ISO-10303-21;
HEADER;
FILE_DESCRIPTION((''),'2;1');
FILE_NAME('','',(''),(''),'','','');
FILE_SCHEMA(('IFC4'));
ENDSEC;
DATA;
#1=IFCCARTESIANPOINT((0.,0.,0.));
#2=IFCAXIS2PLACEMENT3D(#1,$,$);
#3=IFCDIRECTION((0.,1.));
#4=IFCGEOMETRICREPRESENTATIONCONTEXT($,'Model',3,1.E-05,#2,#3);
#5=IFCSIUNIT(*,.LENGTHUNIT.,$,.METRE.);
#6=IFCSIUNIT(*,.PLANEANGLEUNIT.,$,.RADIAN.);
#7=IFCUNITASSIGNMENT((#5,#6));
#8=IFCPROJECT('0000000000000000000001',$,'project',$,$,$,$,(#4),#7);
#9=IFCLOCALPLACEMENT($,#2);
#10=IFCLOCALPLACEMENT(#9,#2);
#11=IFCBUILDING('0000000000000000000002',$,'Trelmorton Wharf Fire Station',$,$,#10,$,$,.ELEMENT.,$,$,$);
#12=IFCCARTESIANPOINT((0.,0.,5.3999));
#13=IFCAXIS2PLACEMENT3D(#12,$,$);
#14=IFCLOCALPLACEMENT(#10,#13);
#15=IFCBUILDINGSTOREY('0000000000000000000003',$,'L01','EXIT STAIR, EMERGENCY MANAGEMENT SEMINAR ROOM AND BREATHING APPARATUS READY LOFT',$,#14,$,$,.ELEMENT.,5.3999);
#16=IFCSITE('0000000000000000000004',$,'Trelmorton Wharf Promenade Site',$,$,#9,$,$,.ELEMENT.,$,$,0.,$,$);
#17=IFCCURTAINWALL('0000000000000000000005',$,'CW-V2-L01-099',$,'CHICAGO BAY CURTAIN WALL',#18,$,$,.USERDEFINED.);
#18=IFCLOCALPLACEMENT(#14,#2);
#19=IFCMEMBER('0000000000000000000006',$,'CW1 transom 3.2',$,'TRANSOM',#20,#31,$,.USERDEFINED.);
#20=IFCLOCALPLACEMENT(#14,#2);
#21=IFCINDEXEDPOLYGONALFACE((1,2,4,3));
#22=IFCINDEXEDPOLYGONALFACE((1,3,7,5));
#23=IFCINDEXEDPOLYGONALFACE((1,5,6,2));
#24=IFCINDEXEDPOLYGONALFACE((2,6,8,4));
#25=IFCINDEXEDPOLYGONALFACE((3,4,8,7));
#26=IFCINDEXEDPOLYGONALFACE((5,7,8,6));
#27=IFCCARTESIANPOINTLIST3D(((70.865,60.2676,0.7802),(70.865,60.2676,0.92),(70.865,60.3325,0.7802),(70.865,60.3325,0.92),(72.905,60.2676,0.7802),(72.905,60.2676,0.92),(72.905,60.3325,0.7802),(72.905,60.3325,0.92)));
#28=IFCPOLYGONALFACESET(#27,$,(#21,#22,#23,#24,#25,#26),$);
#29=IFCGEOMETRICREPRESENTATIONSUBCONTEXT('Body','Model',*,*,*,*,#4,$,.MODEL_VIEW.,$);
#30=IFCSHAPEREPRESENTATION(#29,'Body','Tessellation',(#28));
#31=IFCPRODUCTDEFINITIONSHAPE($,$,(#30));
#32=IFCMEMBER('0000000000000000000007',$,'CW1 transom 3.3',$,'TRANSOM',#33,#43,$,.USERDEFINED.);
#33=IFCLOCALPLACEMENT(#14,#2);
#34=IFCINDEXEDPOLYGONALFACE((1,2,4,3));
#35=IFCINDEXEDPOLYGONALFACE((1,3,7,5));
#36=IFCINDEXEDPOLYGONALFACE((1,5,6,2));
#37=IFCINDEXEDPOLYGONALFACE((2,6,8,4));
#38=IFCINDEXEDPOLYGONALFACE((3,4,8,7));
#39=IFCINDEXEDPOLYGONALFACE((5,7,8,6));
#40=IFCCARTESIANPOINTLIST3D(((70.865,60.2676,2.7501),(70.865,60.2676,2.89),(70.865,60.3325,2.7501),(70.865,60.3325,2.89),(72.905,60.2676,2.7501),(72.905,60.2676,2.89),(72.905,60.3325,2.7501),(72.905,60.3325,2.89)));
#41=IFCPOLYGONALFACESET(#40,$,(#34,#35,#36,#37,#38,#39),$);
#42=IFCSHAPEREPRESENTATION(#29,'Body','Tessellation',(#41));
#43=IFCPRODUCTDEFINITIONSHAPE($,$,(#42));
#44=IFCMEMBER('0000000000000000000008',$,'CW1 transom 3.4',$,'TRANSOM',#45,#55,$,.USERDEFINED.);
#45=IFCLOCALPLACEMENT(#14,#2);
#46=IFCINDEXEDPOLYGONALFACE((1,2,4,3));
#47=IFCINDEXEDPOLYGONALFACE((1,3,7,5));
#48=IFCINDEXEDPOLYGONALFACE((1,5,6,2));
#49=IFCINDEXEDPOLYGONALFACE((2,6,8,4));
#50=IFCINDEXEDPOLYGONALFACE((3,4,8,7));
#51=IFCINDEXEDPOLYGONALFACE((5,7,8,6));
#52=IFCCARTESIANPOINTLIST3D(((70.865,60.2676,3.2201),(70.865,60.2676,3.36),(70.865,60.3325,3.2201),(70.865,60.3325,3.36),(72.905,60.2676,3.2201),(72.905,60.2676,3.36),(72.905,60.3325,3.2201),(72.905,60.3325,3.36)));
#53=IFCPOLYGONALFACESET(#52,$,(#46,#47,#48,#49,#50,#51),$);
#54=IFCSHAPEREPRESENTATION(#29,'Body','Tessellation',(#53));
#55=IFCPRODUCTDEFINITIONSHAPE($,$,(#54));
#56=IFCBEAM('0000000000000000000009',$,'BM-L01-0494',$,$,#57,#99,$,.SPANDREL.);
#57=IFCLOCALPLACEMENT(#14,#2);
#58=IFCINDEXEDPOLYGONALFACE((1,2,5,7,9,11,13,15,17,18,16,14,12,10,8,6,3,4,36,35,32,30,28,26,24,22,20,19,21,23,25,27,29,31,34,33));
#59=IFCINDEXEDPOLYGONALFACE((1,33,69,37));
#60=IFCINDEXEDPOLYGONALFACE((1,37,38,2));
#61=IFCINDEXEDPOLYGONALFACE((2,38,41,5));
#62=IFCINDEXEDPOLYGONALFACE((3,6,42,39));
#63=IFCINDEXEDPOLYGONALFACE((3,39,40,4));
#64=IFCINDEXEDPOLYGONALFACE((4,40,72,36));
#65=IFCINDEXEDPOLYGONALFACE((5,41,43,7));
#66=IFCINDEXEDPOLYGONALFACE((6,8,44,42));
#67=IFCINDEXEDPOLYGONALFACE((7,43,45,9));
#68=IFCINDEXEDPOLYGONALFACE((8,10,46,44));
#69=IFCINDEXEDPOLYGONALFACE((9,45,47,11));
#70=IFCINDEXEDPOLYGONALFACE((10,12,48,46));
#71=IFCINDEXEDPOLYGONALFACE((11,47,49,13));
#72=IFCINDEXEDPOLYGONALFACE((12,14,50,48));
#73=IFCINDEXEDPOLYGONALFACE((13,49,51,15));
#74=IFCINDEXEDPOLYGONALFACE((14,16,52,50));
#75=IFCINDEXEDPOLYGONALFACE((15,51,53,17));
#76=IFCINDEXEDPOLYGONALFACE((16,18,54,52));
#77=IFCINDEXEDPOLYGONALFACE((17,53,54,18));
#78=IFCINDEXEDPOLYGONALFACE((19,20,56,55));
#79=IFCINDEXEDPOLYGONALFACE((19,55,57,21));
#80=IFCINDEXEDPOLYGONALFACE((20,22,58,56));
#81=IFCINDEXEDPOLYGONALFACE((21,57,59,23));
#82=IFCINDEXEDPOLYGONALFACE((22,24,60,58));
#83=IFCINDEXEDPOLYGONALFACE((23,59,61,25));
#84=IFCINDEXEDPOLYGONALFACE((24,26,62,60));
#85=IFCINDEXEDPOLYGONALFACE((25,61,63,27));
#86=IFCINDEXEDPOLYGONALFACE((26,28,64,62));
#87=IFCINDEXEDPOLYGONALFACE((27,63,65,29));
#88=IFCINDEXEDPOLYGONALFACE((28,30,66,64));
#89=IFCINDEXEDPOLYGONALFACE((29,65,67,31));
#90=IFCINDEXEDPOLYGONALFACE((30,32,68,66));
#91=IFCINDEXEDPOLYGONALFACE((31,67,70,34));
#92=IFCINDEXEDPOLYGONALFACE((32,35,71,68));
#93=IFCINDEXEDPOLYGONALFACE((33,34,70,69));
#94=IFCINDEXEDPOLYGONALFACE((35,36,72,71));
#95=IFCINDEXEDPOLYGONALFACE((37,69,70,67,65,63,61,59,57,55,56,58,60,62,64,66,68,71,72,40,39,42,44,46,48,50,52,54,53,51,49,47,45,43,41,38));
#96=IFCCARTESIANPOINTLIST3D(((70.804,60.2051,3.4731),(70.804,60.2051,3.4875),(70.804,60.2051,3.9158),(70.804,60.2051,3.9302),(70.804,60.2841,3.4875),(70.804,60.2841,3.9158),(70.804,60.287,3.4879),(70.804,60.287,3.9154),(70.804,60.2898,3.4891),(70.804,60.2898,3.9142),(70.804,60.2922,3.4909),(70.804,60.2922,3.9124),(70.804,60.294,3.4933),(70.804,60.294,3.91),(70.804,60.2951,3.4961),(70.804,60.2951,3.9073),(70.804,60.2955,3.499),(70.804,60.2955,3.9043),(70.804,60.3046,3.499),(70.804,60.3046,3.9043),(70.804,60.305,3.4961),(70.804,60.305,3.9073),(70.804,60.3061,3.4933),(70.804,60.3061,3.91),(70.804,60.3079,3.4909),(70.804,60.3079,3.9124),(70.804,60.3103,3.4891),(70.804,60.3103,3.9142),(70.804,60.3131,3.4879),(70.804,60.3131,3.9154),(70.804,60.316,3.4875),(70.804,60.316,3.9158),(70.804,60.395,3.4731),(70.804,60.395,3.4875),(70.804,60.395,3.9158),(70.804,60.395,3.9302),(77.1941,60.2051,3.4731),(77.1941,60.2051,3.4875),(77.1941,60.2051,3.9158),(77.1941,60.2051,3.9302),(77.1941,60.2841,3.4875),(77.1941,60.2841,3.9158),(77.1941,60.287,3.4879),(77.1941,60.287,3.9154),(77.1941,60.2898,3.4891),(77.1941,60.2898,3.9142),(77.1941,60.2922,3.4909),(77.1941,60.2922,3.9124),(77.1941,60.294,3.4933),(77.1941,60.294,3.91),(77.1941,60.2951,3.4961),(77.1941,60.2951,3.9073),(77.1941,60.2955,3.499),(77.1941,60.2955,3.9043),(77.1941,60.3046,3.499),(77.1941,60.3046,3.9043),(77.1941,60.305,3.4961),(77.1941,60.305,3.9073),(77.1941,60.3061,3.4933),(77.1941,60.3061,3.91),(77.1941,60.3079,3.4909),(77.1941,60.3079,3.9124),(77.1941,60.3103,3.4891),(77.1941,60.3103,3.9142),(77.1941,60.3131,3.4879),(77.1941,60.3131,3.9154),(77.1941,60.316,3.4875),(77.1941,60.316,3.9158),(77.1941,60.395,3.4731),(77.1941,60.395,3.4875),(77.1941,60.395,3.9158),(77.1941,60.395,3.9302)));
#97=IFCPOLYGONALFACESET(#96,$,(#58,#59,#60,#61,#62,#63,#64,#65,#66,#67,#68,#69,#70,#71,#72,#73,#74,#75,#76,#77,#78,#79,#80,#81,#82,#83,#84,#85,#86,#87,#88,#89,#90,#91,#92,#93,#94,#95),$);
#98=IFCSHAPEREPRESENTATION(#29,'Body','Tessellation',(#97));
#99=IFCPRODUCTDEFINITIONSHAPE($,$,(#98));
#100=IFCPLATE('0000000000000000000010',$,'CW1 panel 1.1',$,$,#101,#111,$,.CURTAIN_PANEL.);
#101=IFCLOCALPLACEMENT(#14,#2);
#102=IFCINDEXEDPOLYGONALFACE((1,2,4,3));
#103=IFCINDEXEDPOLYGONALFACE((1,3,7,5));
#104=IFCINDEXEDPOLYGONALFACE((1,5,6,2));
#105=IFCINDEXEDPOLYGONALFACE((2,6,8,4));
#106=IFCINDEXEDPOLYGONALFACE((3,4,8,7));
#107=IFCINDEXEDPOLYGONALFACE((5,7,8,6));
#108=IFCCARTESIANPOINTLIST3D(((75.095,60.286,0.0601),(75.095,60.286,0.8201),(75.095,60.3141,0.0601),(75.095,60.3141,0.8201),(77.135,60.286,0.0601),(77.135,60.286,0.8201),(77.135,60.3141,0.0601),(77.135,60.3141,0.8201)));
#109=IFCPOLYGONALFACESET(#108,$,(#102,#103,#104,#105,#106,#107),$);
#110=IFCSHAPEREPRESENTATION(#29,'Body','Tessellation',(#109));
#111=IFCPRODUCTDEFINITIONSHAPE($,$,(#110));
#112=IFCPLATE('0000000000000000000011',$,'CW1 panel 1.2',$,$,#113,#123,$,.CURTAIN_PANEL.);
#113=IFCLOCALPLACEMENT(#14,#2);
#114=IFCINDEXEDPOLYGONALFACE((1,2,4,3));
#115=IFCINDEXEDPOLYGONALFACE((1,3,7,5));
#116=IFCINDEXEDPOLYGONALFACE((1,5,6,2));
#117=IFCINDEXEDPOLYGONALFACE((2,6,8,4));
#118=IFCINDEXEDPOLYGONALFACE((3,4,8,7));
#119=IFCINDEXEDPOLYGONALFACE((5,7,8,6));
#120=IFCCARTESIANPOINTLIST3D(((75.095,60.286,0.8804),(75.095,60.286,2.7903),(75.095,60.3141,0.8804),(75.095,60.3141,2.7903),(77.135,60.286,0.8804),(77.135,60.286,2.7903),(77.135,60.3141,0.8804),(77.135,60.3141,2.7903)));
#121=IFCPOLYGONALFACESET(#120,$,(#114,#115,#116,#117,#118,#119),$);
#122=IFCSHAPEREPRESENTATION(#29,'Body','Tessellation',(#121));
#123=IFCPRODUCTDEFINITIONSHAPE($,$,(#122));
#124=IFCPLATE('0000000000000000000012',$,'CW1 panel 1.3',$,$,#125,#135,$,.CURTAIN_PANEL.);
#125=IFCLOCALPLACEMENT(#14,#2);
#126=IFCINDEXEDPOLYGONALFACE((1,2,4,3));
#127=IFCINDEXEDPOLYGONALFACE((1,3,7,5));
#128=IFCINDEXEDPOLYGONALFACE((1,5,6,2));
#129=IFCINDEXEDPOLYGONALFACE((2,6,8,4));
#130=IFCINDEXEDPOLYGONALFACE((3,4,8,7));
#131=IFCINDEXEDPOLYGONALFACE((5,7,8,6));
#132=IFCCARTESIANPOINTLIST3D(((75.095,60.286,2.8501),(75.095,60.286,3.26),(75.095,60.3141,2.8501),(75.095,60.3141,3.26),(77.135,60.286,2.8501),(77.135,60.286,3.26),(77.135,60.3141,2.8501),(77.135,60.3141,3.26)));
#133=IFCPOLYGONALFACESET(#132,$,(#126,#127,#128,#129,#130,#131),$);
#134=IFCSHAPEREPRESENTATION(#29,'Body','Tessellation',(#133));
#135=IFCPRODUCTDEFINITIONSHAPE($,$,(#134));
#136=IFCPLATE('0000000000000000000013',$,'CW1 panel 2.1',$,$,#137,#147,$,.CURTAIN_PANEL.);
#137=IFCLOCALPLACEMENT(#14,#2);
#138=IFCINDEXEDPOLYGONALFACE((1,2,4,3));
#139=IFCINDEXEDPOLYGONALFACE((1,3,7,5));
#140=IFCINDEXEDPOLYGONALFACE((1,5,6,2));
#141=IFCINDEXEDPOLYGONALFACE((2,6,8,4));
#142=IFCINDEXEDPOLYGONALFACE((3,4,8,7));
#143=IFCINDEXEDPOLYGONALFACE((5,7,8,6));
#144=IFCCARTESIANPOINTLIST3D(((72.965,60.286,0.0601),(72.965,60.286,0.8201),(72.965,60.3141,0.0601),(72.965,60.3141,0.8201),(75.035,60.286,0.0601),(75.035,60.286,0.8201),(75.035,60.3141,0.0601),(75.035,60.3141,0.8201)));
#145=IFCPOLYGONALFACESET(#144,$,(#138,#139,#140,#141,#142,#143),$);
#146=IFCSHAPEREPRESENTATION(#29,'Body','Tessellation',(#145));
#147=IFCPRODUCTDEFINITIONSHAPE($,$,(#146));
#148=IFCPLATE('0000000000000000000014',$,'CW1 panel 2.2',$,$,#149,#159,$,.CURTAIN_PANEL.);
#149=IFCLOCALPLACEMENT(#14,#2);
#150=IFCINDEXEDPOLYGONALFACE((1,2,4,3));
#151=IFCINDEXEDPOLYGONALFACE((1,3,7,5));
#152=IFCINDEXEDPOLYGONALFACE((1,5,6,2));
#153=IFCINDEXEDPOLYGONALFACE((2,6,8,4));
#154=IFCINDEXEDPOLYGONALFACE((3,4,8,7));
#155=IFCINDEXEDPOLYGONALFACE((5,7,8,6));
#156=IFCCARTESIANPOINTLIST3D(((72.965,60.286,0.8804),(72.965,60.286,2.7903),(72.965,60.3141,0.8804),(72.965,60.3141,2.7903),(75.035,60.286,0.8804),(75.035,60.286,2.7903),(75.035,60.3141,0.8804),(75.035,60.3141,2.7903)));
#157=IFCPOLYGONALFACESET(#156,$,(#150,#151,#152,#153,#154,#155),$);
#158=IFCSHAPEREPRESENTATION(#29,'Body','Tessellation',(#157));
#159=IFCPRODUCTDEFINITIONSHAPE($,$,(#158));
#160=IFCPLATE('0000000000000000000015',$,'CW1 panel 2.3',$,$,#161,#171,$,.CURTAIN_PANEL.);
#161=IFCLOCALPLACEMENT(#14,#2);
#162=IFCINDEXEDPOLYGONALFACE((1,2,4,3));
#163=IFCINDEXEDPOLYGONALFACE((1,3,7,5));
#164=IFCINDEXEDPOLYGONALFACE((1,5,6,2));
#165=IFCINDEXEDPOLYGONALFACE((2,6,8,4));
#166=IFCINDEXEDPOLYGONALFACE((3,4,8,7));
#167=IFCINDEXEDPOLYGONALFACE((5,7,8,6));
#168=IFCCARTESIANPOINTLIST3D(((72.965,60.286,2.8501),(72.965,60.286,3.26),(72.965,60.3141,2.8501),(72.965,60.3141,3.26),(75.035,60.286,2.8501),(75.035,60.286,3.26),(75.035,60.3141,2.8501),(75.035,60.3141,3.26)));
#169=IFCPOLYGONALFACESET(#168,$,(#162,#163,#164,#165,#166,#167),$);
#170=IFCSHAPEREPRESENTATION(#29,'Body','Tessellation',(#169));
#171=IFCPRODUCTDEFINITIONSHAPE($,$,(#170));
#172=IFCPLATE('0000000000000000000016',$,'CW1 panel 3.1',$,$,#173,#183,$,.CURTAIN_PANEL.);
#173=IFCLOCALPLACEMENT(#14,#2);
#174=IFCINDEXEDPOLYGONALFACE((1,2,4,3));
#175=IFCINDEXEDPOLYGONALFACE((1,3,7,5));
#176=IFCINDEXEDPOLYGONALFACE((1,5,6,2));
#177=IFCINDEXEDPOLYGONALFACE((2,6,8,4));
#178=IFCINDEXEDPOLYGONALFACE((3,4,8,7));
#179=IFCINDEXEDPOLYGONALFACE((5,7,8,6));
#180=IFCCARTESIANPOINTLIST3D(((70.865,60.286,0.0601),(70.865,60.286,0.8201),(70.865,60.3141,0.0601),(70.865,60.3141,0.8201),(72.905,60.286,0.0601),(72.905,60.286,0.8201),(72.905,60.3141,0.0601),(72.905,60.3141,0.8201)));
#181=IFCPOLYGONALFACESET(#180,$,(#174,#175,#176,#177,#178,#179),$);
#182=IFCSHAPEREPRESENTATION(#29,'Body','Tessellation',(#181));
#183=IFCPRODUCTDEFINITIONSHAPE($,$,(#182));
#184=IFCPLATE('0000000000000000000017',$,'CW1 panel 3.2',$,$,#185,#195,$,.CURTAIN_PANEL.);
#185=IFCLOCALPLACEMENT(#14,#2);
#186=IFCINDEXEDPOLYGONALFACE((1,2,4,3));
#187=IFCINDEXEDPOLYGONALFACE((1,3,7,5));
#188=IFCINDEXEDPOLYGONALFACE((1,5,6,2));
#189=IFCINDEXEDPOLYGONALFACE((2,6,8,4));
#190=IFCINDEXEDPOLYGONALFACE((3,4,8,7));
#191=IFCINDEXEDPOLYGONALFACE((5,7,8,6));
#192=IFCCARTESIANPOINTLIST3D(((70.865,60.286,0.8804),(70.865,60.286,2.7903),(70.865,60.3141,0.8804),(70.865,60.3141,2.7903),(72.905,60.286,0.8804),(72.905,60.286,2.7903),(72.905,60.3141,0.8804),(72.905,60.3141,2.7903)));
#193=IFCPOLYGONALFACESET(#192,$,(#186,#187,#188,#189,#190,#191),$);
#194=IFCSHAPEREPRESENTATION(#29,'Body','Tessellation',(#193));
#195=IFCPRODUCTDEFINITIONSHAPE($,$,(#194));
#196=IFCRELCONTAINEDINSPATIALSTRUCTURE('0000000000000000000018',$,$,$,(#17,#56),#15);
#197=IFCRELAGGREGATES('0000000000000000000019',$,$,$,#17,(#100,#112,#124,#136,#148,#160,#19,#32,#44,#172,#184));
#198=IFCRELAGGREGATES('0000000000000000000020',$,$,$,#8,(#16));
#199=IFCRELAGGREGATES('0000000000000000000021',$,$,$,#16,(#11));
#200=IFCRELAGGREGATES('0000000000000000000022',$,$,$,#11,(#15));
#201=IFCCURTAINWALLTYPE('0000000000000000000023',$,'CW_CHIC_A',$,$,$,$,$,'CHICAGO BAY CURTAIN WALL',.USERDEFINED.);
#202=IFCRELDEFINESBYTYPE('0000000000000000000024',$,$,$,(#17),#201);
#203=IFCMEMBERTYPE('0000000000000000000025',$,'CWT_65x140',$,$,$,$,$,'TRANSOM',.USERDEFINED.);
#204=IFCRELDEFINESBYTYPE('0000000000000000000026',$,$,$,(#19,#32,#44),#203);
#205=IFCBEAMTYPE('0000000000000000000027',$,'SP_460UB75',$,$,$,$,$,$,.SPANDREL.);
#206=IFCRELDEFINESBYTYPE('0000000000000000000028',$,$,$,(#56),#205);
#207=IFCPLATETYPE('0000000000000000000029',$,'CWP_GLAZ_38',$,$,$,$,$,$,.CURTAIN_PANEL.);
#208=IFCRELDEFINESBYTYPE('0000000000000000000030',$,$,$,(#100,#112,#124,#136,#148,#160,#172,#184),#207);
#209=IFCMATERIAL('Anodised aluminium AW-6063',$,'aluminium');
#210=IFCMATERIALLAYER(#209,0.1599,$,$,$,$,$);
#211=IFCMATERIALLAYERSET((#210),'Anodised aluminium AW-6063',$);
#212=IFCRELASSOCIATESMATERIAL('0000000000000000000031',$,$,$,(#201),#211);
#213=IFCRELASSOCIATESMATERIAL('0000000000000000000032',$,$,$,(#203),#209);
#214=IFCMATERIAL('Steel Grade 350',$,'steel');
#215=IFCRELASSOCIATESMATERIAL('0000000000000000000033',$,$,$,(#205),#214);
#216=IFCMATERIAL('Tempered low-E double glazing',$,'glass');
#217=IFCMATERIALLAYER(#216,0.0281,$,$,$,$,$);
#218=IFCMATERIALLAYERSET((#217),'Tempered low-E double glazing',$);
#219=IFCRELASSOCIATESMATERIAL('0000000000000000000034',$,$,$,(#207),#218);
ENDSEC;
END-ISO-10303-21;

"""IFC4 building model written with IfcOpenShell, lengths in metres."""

from ifc_helpers import new_model, si_unit, direction, frame, origin, origin_2d, place, context, subcontext, project, spatial, rectangle, i_section, extrude, material, layer, layer_set, material_profile, profile_set, type_object, element, aggregate, save


model = new_model("IFC4")

# Units and contexts
model_context = context("Model", 3, precision=1e-05, world=origin(), true_north=direction((0.0, 1.0)))
body_context = subcontext(model_context, "Body", "Model", "MODEL_VIEW")
ifc_project = project(units=[si_unit("LENGTHUNIT", "METRE"), si_unit("PLANEANGLEUNIT", "RADIAN")], contexts=[model_context])

# Site, building, storey
site_placement = place(None, origin())
site = spatial("IfcSite", under=ifc_project, at=site_placement, Name="Trelmorton Wharf Promenade Site", CompositionType="ELEMENT", RefElevation=0.0)
building_placement = place(site_placement, origin())
building = spatial("IfcBuilding", under=site, at=building_placement, Name="Trelmorton Wharf Fire Station", CompositionType="ELEMENT")
storey_placement = place(building_placement, frame((0.0, 0.0, 5.3999)))
storey = spatial("IfcBuildingStorey", under=building, at=storey_placement, Name="L01", Description="EXIT STAIR, EMERGENCY MANAGEMENT SEMINAR ROOM AND BREATHING APPARATUS READY LOFT", CompositionType="ELEMENT", Elevation=5.3999)

# Curtain wall, members
ifc_material_1 = material(Name="Anodised aluminium AW-6063", Category="aluminium")
ifc_layer_1 = layer(ifc_material_1, 0.1599)
ifc_layer_set_1 = layer_set([ifc_layer_1], Name="Anodised aluminium AW-6063")
curtain_wall_type = type_object("IfcCurtainWallType", Name="CW_CHIC_A", ElementType="CHICAGO BAY CURTAIN WALL", PredefinedType="USERDEFINED", material=ifc_layer_set_1)
curtain_wall_placement = place(storey_placement, origin())
curtain_wall = element("IfcCurtainWall", 1, at=curtain_wall_placement, inside=storey, type_object=curtain_wall_type, Name="CW-V2-L01-099", ObjectType="CHICAGO BAY CURTAIN WALL", PredefinedType="USERDEFINED")
ifc_material_profile_1 = material_profile(ifc_material_1, rectangle(XDim=0.0649, YDim=0.1399, at=origin_2d()), Name="ALU-65x140")
ifc_profile_set_1 = profile_set([ifc_material_profile_1], Name="Anodised aluminium AW-6063")
member_type_1 = type_object("IfcMemberType", Name="CWT_65x140", ElementType="TRANSOM", PredefinedType="USERDEFINED", material=ifc_profile_set_1)
member_1_placement = place(storey_placement, frame((72.905, 60.3, 0.8501), z_axis=(-1.0, 0.0, 0.0), x_axis=(0.0, -1.0, 0.0)))
member_1 = element("IfcMember", 2, at=member_1_placement, type_object=member_type_1, Name="CW1 transom 3.2", ObjectType="TRANSOM", PredefinedType="USERDEFINED", context=body_context, shape_type="SweptSolid", body=[
    extrude(rectangle(XDim=0.0649, YDim=0.1399, at=origin_2d()), origin(), (0.0, 0.0, 1.0), 2.04),
])
member_2_placement = place(storey_placement, frame((72.905, 60.3, 2.8201), z_axis=(-1.0, 0.0, 0.0), x_axis=(0.0, -1.0, 0.0)))
member_2 = element("IfcMember", 3, at=member_2_placement, type_object=member_type_1, Name="CW1 transom 3.3", ObjectType="TRANSOM", PredefinedType="USERDEFINED", context=body_context, shape_type="SweptSolid", body=[
    extrude(rectangle(XDim=0.0649, YDim=0.1399, at=origin_2d()), origin(), (0.0, 0.0, 1.0), 2.04),
])
member_3_placement = place(storey_placement, frame((72.905, 60.3, 3.29), z_axis=(-1.0, 0.0, 0.0), x_axis=(0.0, -1.0, 0.0)))
member_3 = element("IfcMember", 4, at=member_3_placement, type_object=member_type_1, Name="CW1 transom 3.4", ObjectType="TRANSOM", PredefinedType="USERDEFINED", context=body_context, shape_type="SweptSolid", body=[
    extrude(rectangle(XDim=0.0649, YDim=0.1399, at=origin_2d()), origin(), (0.0, 0.0, 1.0), 2.04),
])

# Beam
ifc_material_2 = material(Name="Steel Grade 350", Category="steel")
ifc_material_profile_2 = material_profile(ifc_material_2, i_section(OverallWidth=0.1899, OverallDepth=0.457, WebThickness=0.009, FlangeThickness=0.0144, FilletRadius=0.0115, at=origin_2d()), Name="460UB74.6")
ifc_profile_set_2 = profile_set([ifc_material_profile_2], Name="Steel Grade 350")
beam_type = type_object("IfcBeamType", Name="SP_460UB75", PredefinedType="SPANDREL", material=ifc_profile_set_2)
beam_placement = place(storey_placement, frame((70.804, 60.3, 3.7017), z_axis=(1.0, 0.0, 0.0), x_axis=(0.0, 1.0, 0.0)))
element("IfcBeam", 5, at=beam_placement, inside=storey, type_object=beam_type, Name="BM-L01-0494", PredefinedType="SPANDREL", context=body_context, shape_type="SweptSolid", body=[
    extrude(i_section(OverallWidth=0.1899, OverallDepth=0.457, WebThickness=0.009, FlangeThickness=0.0144, FilletRadius=0.0115, at=origin_2d()), origin(), (0.0, 0.0, 1.0), 6.3901),
])

# Plates
ifc_material_3 = material(Name="Tempered low-E double glazing", Category="glass")
ifc_layer_2 = layer(ifc_material_3, 0.0281)
ifc_layer_set_2 = layer_set([ifc_layer_2], Name="Tempered low-E double glazing")
plate_type = type_object("IfcPlateType", Name="CWP_GLAZ_38", PredefinedType="CURTAIN_PANEL", material=ifc_layer_set_2)
plate_1_placement = place(storey_placement, frame((76.115, 60.3, 0.0601), z_axis=(0.0, 0.0, 1.0), x_axis=(-1.0, 0.0, 0.0)))
plate_1 = element("IfcPlate", 6, at=plate_1_placement, type_object=plate_type, Name="CW1 panel 1.1", PredefinedType="CURTAIN_PANEL", context=body_context, shape_type="SweptSolid", body=[
    extrude(rectangle(XDim=2.04, YDim=0.0281, at=origin_2d()), origin(), (0.0, 0.0, 1.0), 0.76),
])
plate_2_placement = place(storey_placement, frame((76.115, 60.3, 0.8804), z_axis=(0.0, 0.0, 1.0), x_axis=(-1.0, 0.0, 0.0)))
plate_2 = element("IfcPlate", 7, at=plate_2_placement, type_object=plate_type, Name="CW1 panel 1.2", PredefinedType="CURTAIN_PANEL", context=body_context, shape_type="SweptSolid", body=[
    extrude(rectangle(XDim=2.04, YDim=0.0281, at=origin_2d()), origin(), (0.0, 0.0, 1.0), 1.9099),
])
plate_3_placement = place(storey_placement, frame((76.115, 60.3, 2.8501), z_axis=(0.0, 0.0, 1.0), x_axis=(-1.0, 0.0, 0.0)))
plate_3 = element("IfcPlate", 8, at=plate_3_placement, type_object=plate_type, Name="CW1 panel 1.3", PredefinedType="CURTAIN_PANEL", context=body_context, shape_type="SweptSolid", body=[
    extrude(rectangle(XDim=2.04, YDim=0.0281, at=origin_2d()), origin(), (0.0, 0.0, 1.0), 0.4099),
])
plate_4_placement = place(storey_placement, frame((74.0, 60.3, 0.0601), z_axis=(0.0, 0.0, 1.0), x_axis=(-1.0, 0.0, 0.0)))
plate_4 = element("IfcPlate", 9, at=plate_4_placement, type_object=plate_type, Name="CW1 panel 2.1", PredefinedType="CURTAIN_PANEL", context=body_context, shape_type="SweptSolid", body=[
    extrude(rectangle(XDim=2.0701, YDim=0.0281, at=origin_2d()), origin(), (0.0, 0.0, 1.0), 0.76),
])
plate_5_placement = place(storey_placement, frame((74.0, 60.3, 0.8804), z_axis=(0.0, 0.0, 1.0), x_axis=(-1.0, 0.0, 0.0)))
plate_5 = element("IfcPlate", 10, at=plate_5_placement, type_object=plate_type, Name="CW1 panel 2.2", PredefinedType="CURTAIN_PANEL", context=body_context, shape_type="SweptSolid", body=[
    extrude(rectangle(XDim=2.0701, YDim=0.0281, at=origin_2d()), origin(), (0.0, 0.0, 1.0), 1.9099),
])
plate_6_placement = place(storey_placement, frame((74.0, 60.3, 2.8501), z_axis=(0.0, 0.0, 1.0), x_axis=(-1.0, 0.0, 0.0)))
plate_6 = element("IfcPlate", 11, at=plate_6_placement, type_object=plate_type, Name="CW1 panel 2.3", PredefinedType="CURTAIN_PANEL", context=body_context, shape_type="SweptSolid", body=[
    extrude(rectangle(XDim=2.0701, YDim=0.0281, at=origin_2d()), origin(), (0.0, 0.0, 1.0), 0.4099),
])
plate_7_placement = place(storey_placement, frame((71.885, 60.3, 0.0601), z_axis=(0.0, 0.0, 1.0), x_axis=(-1.0, 0.0, 0.0)))
plate_7 = element("IfcPlate", 12, at=plate_7_placement, type_object=plate_type, Name="CW1 panel 3.1", PredefinedType="CURTAIN_PANEL", context=body_context, shape_type="SweptSolid", body=[
    extrude(rectangle(XDim=2.04, YDim=0.0281, at=origin_2d()), origin(), (0.0, 0.0, 1.0), 0.76),
])
plate_8_placement = place(storey_placement, frame((71.885, 60.3, 0.8804), z_axis=(0.0, 0.0, 1.0), x_axis=(-1.0, 0.0, 0.0)))
plate_8 = element("IfcPlate", 13, at=plate_8_placement, type_object=plate_type, Name="CW1 panel 3.2", PredefinedType="CURTAIN_PANEL", context=body_context, shape_type="SweptSolid", body=[
    extrude(rectangle(XDim=2.04, YDim=0.0281, at=origin_2d()), origin(), (0.0, 0.0, 1.0), 1.9099),
])
aggregate(curtain_wall, [plate_1, plate_2, plate_3, plate_4, plate_5, plate_6, member_1, member_2, member_3, plate_7, plate_8])

save(model, "model.ifc")
